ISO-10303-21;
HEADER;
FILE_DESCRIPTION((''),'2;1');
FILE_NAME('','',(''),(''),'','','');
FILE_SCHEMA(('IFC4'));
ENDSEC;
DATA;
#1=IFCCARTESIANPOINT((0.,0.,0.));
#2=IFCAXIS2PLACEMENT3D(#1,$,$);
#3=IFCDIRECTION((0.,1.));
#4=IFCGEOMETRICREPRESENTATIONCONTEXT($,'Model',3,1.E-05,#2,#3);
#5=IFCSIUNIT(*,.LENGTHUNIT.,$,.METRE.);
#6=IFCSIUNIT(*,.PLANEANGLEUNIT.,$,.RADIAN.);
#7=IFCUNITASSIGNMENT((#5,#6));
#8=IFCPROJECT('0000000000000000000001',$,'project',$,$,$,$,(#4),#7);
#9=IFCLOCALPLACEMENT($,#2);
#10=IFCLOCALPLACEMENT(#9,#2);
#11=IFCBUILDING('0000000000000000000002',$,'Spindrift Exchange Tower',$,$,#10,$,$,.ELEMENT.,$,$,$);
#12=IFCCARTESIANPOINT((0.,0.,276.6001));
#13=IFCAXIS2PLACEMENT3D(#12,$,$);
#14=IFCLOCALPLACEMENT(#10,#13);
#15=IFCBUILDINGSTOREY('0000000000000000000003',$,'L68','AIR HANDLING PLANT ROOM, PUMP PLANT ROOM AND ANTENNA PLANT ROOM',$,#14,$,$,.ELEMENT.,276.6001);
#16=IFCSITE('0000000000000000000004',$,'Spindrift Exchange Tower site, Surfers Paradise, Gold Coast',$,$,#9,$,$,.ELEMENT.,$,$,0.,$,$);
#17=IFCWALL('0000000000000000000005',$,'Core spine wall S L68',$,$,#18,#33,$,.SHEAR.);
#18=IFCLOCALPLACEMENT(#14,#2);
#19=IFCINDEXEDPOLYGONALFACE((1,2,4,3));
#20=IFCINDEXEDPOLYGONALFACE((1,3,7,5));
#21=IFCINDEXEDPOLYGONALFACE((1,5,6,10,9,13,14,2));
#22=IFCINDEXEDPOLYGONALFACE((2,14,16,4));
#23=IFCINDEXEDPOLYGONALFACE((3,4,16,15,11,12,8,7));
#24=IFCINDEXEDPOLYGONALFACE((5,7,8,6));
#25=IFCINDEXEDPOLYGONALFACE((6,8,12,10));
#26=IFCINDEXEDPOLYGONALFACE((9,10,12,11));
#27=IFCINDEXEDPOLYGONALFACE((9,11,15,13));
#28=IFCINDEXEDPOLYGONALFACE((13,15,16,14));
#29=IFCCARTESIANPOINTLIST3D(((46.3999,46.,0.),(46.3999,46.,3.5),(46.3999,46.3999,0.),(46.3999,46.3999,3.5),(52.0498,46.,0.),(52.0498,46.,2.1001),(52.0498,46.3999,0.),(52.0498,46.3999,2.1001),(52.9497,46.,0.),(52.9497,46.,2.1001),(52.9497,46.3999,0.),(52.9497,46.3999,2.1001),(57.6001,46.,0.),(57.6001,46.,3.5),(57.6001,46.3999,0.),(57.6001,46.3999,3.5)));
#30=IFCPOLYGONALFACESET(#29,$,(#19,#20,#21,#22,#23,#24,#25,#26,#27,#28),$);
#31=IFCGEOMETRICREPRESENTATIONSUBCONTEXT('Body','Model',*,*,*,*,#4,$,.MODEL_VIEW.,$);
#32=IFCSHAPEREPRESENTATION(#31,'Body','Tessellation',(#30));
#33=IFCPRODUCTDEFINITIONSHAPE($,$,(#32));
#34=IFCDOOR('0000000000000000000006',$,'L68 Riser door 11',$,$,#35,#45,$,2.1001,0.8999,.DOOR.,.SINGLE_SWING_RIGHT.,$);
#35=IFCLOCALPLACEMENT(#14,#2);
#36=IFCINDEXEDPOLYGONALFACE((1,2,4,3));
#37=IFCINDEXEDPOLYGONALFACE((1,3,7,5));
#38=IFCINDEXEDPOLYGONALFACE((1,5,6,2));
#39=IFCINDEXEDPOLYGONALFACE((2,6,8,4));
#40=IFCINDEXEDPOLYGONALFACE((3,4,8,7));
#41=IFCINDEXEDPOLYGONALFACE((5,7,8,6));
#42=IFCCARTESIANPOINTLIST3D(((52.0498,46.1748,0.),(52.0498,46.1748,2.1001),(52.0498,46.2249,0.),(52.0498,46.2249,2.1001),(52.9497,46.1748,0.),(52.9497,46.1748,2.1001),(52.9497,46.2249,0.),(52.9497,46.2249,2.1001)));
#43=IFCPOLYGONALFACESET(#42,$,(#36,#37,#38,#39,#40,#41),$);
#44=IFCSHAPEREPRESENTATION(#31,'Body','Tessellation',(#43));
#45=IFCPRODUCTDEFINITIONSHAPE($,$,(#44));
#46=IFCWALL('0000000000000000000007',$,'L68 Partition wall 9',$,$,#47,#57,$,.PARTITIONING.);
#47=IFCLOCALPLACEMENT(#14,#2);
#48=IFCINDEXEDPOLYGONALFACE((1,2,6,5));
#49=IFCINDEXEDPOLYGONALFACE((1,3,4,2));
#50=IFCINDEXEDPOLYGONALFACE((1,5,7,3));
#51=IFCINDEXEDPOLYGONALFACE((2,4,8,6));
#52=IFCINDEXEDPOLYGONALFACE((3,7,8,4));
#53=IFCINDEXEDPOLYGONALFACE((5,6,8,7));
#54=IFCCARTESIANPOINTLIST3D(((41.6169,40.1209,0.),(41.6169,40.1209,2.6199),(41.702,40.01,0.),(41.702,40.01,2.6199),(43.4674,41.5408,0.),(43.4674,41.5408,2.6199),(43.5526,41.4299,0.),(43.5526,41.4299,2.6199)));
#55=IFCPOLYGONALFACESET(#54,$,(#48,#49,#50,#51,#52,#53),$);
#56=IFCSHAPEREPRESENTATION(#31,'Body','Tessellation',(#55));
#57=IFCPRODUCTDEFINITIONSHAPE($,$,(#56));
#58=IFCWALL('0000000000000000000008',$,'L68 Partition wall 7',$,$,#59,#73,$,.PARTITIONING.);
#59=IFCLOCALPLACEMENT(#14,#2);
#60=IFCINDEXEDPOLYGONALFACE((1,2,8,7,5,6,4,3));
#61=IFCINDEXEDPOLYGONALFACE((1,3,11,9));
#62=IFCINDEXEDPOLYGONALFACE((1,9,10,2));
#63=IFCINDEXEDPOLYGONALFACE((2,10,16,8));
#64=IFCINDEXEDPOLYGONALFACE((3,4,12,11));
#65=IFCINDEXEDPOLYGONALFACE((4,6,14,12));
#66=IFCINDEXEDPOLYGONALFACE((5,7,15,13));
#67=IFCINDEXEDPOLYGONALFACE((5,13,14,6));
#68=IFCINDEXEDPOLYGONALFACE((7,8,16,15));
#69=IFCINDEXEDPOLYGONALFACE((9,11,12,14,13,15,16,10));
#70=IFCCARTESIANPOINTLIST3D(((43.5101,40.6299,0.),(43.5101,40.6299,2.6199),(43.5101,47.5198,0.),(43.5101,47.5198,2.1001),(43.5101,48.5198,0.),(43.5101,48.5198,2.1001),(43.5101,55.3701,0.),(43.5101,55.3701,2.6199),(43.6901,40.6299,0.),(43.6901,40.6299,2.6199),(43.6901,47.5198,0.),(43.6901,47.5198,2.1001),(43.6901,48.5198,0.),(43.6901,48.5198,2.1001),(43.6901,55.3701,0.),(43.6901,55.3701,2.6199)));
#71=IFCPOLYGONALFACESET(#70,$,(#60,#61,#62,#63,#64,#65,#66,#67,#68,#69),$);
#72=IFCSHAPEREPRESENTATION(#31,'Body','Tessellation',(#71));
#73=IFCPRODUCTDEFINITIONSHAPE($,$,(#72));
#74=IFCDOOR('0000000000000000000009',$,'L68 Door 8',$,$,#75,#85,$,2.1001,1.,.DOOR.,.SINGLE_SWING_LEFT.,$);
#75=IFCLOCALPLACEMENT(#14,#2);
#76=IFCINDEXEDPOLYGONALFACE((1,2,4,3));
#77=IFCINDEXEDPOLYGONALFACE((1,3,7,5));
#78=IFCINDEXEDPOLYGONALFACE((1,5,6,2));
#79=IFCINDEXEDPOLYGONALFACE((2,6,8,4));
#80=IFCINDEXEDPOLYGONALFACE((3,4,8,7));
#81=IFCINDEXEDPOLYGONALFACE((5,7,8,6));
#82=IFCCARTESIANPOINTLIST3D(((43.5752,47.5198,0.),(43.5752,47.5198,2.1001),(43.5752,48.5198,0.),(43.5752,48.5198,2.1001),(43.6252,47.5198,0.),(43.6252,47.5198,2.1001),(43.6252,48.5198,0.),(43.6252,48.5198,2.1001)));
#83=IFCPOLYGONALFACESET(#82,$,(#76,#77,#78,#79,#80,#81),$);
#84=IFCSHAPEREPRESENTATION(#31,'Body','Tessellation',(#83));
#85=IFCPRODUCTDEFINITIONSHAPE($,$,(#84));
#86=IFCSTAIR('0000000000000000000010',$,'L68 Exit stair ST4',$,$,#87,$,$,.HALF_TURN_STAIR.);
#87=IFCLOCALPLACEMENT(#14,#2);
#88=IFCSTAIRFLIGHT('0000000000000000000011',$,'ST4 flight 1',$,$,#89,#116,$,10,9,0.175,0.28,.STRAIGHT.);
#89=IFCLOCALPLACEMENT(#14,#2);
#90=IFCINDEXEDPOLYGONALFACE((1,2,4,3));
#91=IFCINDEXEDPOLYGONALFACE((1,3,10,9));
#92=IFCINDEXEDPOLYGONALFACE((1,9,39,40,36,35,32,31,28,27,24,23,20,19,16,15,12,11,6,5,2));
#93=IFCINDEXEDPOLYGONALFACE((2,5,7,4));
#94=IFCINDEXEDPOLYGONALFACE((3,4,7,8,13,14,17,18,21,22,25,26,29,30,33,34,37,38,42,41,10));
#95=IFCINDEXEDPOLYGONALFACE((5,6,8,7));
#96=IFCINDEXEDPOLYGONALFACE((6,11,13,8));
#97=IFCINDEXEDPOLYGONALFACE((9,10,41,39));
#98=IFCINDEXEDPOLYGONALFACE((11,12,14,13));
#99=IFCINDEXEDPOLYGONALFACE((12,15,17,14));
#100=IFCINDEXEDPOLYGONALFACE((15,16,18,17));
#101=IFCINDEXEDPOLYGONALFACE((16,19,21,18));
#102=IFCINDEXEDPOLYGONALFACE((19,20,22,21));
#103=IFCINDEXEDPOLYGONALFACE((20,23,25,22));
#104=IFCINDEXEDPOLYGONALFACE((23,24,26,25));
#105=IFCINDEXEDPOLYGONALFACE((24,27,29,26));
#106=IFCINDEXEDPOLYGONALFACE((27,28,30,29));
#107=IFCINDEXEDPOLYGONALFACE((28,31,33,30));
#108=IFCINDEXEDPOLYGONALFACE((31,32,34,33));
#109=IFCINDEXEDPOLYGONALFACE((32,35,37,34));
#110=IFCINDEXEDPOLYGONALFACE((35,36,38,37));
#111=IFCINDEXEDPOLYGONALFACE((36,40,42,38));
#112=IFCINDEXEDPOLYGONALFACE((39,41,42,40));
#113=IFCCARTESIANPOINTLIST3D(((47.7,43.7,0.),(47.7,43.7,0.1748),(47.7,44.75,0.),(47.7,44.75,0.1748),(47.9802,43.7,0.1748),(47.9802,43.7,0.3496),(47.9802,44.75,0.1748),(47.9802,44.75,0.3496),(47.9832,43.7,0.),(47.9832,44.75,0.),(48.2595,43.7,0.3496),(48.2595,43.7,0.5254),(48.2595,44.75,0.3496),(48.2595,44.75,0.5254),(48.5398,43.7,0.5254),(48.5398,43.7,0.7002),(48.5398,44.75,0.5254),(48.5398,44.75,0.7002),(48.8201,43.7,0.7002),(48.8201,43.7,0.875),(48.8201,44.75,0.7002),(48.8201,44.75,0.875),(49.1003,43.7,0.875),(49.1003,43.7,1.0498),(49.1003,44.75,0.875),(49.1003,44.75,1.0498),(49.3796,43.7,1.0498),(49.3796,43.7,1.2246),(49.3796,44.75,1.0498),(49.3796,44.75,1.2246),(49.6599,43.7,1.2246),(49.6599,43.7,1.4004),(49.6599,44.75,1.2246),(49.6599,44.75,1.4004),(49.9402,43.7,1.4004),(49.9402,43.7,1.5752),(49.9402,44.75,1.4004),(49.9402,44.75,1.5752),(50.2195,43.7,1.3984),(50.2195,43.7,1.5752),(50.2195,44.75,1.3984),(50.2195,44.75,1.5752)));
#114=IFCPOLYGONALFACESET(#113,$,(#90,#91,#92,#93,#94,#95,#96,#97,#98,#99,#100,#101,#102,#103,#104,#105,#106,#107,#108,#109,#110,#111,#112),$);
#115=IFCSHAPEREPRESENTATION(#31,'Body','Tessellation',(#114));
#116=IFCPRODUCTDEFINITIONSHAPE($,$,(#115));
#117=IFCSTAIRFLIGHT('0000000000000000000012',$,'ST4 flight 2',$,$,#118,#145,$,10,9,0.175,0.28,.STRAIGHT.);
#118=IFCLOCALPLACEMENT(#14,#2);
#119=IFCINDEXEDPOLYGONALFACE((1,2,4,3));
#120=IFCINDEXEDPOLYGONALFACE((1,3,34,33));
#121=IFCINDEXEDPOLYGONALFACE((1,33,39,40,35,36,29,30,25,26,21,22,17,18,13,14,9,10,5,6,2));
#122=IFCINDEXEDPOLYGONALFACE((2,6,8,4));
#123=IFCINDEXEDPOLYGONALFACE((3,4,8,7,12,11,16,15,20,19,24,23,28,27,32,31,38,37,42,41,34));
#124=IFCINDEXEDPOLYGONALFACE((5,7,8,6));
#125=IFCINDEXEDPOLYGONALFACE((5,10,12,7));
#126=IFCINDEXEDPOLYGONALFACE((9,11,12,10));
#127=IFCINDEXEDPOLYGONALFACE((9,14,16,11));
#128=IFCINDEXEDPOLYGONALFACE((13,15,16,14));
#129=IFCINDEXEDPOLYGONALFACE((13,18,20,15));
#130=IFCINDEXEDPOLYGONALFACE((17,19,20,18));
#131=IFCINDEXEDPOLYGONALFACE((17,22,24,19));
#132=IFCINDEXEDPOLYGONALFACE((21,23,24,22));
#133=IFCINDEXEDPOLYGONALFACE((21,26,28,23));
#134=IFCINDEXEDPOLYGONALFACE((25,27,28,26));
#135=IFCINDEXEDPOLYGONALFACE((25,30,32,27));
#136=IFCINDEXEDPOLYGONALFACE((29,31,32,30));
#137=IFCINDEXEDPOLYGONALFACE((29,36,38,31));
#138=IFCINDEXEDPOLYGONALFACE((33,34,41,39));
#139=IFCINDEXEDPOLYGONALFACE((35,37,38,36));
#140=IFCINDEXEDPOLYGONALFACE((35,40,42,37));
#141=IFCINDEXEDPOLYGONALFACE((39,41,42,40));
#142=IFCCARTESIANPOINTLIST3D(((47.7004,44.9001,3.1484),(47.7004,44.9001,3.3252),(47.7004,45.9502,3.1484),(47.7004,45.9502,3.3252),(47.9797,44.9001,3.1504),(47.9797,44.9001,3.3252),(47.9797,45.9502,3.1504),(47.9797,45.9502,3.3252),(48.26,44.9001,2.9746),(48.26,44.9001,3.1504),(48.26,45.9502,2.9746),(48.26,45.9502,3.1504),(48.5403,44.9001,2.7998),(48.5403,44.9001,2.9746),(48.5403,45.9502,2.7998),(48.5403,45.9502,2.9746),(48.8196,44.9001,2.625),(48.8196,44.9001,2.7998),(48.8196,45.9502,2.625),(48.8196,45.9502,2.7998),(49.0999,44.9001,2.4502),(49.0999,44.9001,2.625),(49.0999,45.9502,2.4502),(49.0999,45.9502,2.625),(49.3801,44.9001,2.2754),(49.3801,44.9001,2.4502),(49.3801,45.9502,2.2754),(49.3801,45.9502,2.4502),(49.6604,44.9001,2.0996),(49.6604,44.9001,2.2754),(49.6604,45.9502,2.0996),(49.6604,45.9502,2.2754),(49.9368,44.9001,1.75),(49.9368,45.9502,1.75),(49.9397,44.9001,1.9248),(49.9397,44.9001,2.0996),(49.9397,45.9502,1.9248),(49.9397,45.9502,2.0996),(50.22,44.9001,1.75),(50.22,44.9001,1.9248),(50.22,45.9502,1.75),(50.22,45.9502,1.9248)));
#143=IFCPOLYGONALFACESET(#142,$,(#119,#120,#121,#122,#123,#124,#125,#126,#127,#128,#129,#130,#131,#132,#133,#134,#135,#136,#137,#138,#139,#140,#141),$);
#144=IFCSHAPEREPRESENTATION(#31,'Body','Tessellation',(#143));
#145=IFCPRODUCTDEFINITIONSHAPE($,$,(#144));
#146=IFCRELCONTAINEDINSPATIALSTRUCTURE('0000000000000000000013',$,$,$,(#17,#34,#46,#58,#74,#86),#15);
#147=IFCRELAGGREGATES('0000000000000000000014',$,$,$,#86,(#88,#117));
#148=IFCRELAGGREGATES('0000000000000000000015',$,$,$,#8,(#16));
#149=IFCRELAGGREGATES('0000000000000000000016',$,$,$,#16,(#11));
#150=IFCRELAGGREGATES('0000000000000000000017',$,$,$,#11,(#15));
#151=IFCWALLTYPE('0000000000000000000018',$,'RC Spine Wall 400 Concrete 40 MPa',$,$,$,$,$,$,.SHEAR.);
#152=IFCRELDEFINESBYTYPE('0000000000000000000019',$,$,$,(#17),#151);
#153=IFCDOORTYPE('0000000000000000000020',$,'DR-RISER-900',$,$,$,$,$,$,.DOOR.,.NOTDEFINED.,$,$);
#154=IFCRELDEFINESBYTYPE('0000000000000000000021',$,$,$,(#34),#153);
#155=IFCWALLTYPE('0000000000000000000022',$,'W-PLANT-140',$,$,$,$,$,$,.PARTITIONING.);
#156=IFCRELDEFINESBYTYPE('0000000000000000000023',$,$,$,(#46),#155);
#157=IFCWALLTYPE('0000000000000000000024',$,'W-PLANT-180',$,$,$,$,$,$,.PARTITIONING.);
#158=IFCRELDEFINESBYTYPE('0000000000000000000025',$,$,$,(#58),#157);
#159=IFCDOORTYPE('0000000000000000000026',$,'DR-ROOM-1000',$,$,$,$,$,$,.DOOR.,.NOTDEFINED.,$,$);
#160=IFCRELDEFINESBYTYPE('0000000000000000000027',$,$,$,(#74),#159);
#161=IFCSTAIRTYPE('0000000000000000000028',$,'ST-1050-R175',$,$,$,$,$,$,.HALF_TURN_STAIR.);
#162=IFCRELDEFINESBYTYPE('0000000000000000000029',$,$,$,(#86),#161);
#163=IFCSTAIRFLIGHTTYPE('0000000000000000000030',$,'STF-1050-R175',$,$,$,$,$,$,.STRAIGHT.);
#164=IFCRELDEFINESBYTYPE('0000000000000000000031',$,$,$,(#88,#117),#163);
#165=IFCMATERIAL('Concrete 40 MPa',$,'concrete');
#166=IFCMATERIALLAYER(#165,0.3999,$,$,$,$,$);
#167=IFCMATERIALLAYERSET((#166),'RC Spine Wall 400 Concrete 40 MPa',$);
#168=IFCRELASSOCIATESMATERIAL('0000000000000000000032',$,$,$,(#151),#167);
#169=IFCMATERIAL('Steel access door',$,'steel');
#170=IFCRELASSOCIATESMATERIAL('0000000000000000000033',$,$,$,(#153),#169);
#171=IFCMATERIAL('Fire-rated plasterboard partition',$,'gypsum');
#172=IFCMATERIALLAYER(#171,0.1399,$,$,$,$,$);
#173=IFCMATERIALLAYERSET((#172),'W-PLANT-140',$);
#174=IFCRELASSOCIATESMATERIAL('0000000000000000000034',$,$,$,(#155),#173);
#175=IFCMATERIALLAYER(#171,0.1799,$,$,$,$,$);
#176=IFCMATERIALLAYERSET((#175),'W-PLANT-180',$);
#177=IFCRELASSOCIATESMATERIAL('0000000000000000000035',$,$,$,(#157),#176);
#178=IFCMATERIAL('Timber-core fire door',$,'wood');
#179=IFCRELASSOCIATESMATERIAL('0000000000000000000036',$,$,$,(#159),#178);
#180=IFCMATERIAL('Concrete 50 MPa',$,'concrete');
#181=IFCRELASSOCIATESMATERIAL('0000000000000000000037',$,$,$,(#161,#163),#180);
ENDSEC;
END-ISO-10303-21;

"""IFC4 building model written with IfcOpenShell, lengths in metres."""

from ifc_helpers import new_model, si_unit, direction, frame, frame_2d, origin, place, context, subcontext, project, spatial, line, indexed_curve, rectangle, outline, extrude, source, transform, mapped, material, layer, layer_set, type_object, element, fill, aggregate, save


model = new_model("IFC4")

# Units and contexts
model_context = context("Model", 3, precision=1e-05, world=origin(), true_north=direction((0.0, 1.0)))
body_context = subcontext(model_context, "Body", "Model", "MODEL_VIEW")
ifc_project = project(units=[si_unit("LENGTHUNIT", "METRE"), si_unit("PLANEANGLEUNIT", "RADIAN")], contexts=[model_context])

# Site, building, storey
site_placement = place(None, origin())
site = spatial("IfcSite", under=ifc_project, at=site_placement, Name="Spindrift Exchange Tower site, Surfers Paradise, Gold Coast", CompositionType="ELEMENT", RefElevation=0.0)
building_placement = place(site_placement, origin())
building = spatial("IfcBuilding", under=site, at=building_placement, Name="Spindrift Exchange Tower", CompositionType="ELEMENT")
storey_placement = place(building_placement, frame((0.0, 0.0, 276.6001)))
storey = spatial("IfcBuildingStorey", under=building, at=storey_placement, Name="L68", Description="AIR HANDLING PLANT ROOM, PUMP PLANT ROOM AND ANTENNA PLANT ROOM", CompositionType="ELEMENT", Elevation=276.6001)

# Shared definitions
ifc_material_1 = material(Name="Concrete 40 MPa", Category="concrete")

# Wall, opening, door
ifc_layer_1 = layer(ifc_material_1, 0.3999)
ifc_layer_set_1 = layer_set([ifc_layer_1], Name="RC Spine Wall 400 Concrete 40 MPa")
wall_type_1 = type_object("IfcWallType", Name="RC Spine Wall 400 Concrete 40 MPa", PredefinedType="SHEAR", material=ifc_layer_set_1)
wall_1_placement = place(storey_placement, frame((46.3999, 46.2, 0.0), z_axis=(0.0, 0.0, 1.0), x_axis=(1.0, 0.0, 0.0)))
wall_1 = element("IfcWall", 1, at=wall_1_placement, inside=storey, type_object=wall_type_1, Name="Core spine wall S L68", PredefinedType="SHEAR", context=body_context, shape_type="SweptSolid", body=[
    extrude(rectangle(XDim=11.2002, YDim=0.3999, at=frame_2d((5.6001, 0.0))), origin(), (0.0, 0.0, 1.0), 3.5),
])
opening_1_placement = place(wall_1_placement, frame((5.6499, 0.0, 0.0)))
opening_1 = element("IfcOpeningElement", 2, at=opening_1_placement, cuts=wall_1, PredefinedType="OPENING", context=body_context, shape_type="SweptSolid", body=[
    extrude(rectangle(XDim=0.8999, YDim=2.1001, at=frame_2d((0.45, 1.05))), frame((0.0, 0.21, 0.0), z_axis=(0.0, -1.0, 0.0), x_axis=(1.0, 0.0, 0.0)), (0.0, 0.0, 1.0), 0.4199),
])
ifc_material_2 = material(Name="Steel access door", Category="steel")
door_type_1 = type_object("IfcDoorType", Name="DR-RISER-900", OperationType="NOTDEFINED", PredefinedType="DOOR", material=ifc_material_2)
shared_shape_1 = source(origin(), body_context, "Body", "SweptSolid", [
    extrude(rectangle(XDim=0.8999, YDim=2.1001, at=frame_2d((0.45, 1.05))), frame((0.0, 0.0249, 0.0), z_axis=(0.0, -1.0, 0.0), x_axis=(1.0, 0.0, 0.0)), (0.0, 0.0, 1.0), 0.05),
])
door_1_placement = place(opening_1_placement, origin())
door_1 = element("IfcDoor", 3, at=door_1_placement, inside=storey, type_object=door_type_1, Name="L68 Riser door 11", OperationType="SINGLE_SWING_RIGHT", OverallHeight=2.1001, OverallWidth=0.8999, PredefinedType="DOOR", context=body_context, shape_type="MappedRepresentation", body=[
    mapped(shared_shape_1, transform((0.0, 0.0, 0.0), scale=1.0)),
])
fill(opening_1, door_1)

# Wall
ifc_material_3 = material(Name="Fire-rated plasterboard partition", Category="gypsum")
ifc_layer_2 = layer(ifc_material_3, 0.1399)
ifc_layer_set_2 = layer_set([ifc_layer_2], Name="W-PLANT-140")
wall_type_2 = type_object("IfcWallType", Name="W-PLANT-140", PredefinedType="PARTITIONING", material=ifc_layer_set_2)
wall_2_placement = place(storey_placement, frame((43.51, 41.4854, 0.0), z_axis=(0.0, 0.0, 1.0), x_axis=(-0.79337, -0.608739, 0.0)))
element("IfcWall", 4, at=wall_2_placement, inside=storey, type_object=wall_type_2, Name="L68 Partition wall 9", PredefinedType="PARTITIONING", context=body_context, shape_type="SweptSolid", body=[
    extrude(rectangle(XDim=2.3325, YDim=0.1399, at=frame_2d((1.1663, 0.0))), origin(), (0.0, 0.0, 1.0), 2.6199),
])

# Wall, opening, door
ifc_layer_3 = layer(ifc_material_3, 0.1799)
ifc_layer_set_3 = layer_set([ifc_layer_3], Name="W-PLANT-180")
wall_type_3 = type_object("IfcWallType", Name="W-PLANT-180", PredefinedType="PARTITIONING", material=ifc_layer_set_3)
wall_3_placement = place(storey_placement, frame((43.6001, 40.6299, 0.0), z_axis=(0.0, 0.0, 1.0), x_axis=(0.0, 1.0, 0.0)))
wall_3 = element("IfcWall", 5, at=wall_3_placement, inside=storey, type_object=wall_type_3, Name="L68 Partition wall 7", PredefinedType="PARTITIONING", context=body_context, shape_type="SweptSolid", body=[
    extrude(rectangle(XDim=14.7402, YDim=0.1799, at=frame_2d((7.3701, 0.0))), origin(), (0.0, 0.0, 1.0), 2.6199),
])
opening_2_placement = place(wall_3_placement, frame((6.8899, 0.0, 0.0)))
opening_2 = element("IfcOpeningElement", 6, at=opening_2_placement, cuts=wall_3, PredefinedType="OPENING", context=body_context, shape_type="SweptSolid", body=[
    extrude(rectangle(XDim=1.0, YDim=2.1001, at=frame_2d((0.5, 1.05))), frame((0.0, 0.0999, 0.0), z_axis=(0.0, -1.0, 0.0), x_axis=(1.0, 0.0, 0.0)), (0.0, 0.0, 1.0), 0.2),
])
ifc_material_4 = material(Name="Timber-core fire door", Category="wood")
door_type_2 = type_object("IfcDoorType", Name="DR-ROOM-1000", OperationType="NOTDEFINED", PredefinedType="DOOR", material=ifc_material_4)
shared_shape_2 = source(origin(), body_context, "Body", "SweptSolid", [
    extrude(rectangle(XDim=1.0, YDim=2.1001, at=frame_2d((0.5, 1.05))), frame((0.0, 0.0249, 0.0), z_axis=(0.0, -1.0, 0.0), x_axis=(1.0, 0.0, 0.0)), (0.0, 0.0, 1.0), 0.05),
])
door_2_placement = place(opening_2_placement, origin())
door_2 = element("IfcDoor", 7, at=door_2_placement, inside=storey, type_object=door_type_2, Name="L68 Door 8", OperationType="SINGLE_SWING_LEFT", OverallHeight=2.1001, OverallWidth=1.0, PredefinedType="DOOR", context=body_context, shape_type="MappedRepresentation", body=[
    mapped(shared_shape_2, transform((0.0, 0.0, 0.0), scale=1.0)),
])
fill(opening_2, door_2)

# Stair, stair flights
ifc_material_5 = material(Name="Concrete 50 MPa", Category="concrete")
stair_type = type_object("IfcStairType", Name="ST-1050-R175", PredefinedType="HALF_TURN_STAIR", material=ifc_material_5)
stair_placement = place(storey_placement, origin())
stair = element("IfcStair", 8, at=stair_placement, inside=storey, type_object=stair_type, Name="L68 Exit stair ST4", PredefinedType="HALF_TURN_STAIR")
stair_flight_type = type_object("IfcStairFlightType", Name="STF-1050-R175", PredefinedType="STRAIGHT", material=ifc_material_5)
stair_flight_1_placement = place(storey_placement, frame((47.7, 44.2251, 0.0), z_axis=(0.0, 0.0, 1.0), x_axis=(1.0, 0.0, 0.0)))
stair_flight_1 = element("IfcStairFlight", 9, at=stair_flight_1_placement, type_object=stair_flight_type, Name="ST4 flight 1", NumberOfRisers=10, NumberOfTreads=9, PredefinedType="STRAIGHT", RiserHeight=0.175, TreadLength=0.28, context=body_context, shape_type="SweptSolid", body=[
    extrude(outline(indexed_curve([(0.0, 0.0), (0.0, 0.1748), (0.2803, 0.1748), (0.2803, 0.3496), (0.5596, 0.3496), (0.5596, 0.5254), (0.8398, 0.5254), (0.8398, 0.7002), (1.1201, 0.7002), (1.1201, 0.875), (1.4004, 0.875), (1.4004, 1.0498), (1.6797, 1.0498), (1.6797, 1.2246), (1.96, 1.2246), (1.96, 1.4004), (2.2402, 1.4004), (2.2402, 1.5752), (2.5195, 1.5752), (2.5195, 1.75), (2.5195, 1.3984), (0.2832, 0.0)], segments=[line(1, 2, 3, 4, 5, 6, 7, 8, 9, 10, 11, 12, 13, 14, 15, 16, 17, 18, 19, 20, 21, 22, 1)], self_intersect=False)), frame((0.0, 0.5249, 0.0), z_axis=(0.0, -1.0, 0.0), x_axis=(1.0, 0.0, 0.0)), (0.0, 0.0, 1.0), 1.05),
])
stair_flight_2_placement = place(storey_placement, frame((50.22, 45.425, 1.75), z_axis=(0.0, 0.0, 1.0), x_axis=(-1.0, 0.0, 0.0)))
stair_flight_2 = element("IfcStairFlight", 10, at=stair_flight_2_placement, type_object=stair_flight_type, Name="ST4 flight 2", NumberOfRisers=10, NumberOfTreads=9, PredefinedType="STRAIGHT", RiserHeight=0.175, TreadLength=0.28, context=body_context, shape_type="SweptSolid", body=[
    extrude(outline(indexed_curve([(0.0, 0.0), (0.0, 0.1748), (0.2803, 0.1748), (0.2803, 0.3496), (0.5596, 0.3496), (0.5596, 0.5254), (0.8398, 0.5254), (0.8398, 0.7002), (1.1201, 0.7002), (1.1201, 0.875), (1.4004, 0.875), (1.4004, 1.0498), (1.6797, 1.0498), (1.6797, 1.2246), (1.96, 1.2246), (1.96, 1.4004), (2.2402, 1.4004), (2.2402, 1.5752), (2.5195, 1.5752), (2.5195, 1.75), (2.5195, 1.3984), (0.2832, 0.0)], segments=[line(1, 2, 3, 4, 5, 6, 7, 8, 9, 10, 11, 12, 13, 14, 15, 16, 17, 18, 19, 20, 21, 22, 1)], self_intersect=False)), frame((0.0, 0.5249, 0.0), z_axis=(0.0, -1.0, 0.0), x_axis=(1.0, 0.0, 0.0)), (0.0, 0.0, 1.0), 1.05),
])
aggregate(stair, [stair_flight_1, stair_flight_2])

save(model, "model.ifc")
